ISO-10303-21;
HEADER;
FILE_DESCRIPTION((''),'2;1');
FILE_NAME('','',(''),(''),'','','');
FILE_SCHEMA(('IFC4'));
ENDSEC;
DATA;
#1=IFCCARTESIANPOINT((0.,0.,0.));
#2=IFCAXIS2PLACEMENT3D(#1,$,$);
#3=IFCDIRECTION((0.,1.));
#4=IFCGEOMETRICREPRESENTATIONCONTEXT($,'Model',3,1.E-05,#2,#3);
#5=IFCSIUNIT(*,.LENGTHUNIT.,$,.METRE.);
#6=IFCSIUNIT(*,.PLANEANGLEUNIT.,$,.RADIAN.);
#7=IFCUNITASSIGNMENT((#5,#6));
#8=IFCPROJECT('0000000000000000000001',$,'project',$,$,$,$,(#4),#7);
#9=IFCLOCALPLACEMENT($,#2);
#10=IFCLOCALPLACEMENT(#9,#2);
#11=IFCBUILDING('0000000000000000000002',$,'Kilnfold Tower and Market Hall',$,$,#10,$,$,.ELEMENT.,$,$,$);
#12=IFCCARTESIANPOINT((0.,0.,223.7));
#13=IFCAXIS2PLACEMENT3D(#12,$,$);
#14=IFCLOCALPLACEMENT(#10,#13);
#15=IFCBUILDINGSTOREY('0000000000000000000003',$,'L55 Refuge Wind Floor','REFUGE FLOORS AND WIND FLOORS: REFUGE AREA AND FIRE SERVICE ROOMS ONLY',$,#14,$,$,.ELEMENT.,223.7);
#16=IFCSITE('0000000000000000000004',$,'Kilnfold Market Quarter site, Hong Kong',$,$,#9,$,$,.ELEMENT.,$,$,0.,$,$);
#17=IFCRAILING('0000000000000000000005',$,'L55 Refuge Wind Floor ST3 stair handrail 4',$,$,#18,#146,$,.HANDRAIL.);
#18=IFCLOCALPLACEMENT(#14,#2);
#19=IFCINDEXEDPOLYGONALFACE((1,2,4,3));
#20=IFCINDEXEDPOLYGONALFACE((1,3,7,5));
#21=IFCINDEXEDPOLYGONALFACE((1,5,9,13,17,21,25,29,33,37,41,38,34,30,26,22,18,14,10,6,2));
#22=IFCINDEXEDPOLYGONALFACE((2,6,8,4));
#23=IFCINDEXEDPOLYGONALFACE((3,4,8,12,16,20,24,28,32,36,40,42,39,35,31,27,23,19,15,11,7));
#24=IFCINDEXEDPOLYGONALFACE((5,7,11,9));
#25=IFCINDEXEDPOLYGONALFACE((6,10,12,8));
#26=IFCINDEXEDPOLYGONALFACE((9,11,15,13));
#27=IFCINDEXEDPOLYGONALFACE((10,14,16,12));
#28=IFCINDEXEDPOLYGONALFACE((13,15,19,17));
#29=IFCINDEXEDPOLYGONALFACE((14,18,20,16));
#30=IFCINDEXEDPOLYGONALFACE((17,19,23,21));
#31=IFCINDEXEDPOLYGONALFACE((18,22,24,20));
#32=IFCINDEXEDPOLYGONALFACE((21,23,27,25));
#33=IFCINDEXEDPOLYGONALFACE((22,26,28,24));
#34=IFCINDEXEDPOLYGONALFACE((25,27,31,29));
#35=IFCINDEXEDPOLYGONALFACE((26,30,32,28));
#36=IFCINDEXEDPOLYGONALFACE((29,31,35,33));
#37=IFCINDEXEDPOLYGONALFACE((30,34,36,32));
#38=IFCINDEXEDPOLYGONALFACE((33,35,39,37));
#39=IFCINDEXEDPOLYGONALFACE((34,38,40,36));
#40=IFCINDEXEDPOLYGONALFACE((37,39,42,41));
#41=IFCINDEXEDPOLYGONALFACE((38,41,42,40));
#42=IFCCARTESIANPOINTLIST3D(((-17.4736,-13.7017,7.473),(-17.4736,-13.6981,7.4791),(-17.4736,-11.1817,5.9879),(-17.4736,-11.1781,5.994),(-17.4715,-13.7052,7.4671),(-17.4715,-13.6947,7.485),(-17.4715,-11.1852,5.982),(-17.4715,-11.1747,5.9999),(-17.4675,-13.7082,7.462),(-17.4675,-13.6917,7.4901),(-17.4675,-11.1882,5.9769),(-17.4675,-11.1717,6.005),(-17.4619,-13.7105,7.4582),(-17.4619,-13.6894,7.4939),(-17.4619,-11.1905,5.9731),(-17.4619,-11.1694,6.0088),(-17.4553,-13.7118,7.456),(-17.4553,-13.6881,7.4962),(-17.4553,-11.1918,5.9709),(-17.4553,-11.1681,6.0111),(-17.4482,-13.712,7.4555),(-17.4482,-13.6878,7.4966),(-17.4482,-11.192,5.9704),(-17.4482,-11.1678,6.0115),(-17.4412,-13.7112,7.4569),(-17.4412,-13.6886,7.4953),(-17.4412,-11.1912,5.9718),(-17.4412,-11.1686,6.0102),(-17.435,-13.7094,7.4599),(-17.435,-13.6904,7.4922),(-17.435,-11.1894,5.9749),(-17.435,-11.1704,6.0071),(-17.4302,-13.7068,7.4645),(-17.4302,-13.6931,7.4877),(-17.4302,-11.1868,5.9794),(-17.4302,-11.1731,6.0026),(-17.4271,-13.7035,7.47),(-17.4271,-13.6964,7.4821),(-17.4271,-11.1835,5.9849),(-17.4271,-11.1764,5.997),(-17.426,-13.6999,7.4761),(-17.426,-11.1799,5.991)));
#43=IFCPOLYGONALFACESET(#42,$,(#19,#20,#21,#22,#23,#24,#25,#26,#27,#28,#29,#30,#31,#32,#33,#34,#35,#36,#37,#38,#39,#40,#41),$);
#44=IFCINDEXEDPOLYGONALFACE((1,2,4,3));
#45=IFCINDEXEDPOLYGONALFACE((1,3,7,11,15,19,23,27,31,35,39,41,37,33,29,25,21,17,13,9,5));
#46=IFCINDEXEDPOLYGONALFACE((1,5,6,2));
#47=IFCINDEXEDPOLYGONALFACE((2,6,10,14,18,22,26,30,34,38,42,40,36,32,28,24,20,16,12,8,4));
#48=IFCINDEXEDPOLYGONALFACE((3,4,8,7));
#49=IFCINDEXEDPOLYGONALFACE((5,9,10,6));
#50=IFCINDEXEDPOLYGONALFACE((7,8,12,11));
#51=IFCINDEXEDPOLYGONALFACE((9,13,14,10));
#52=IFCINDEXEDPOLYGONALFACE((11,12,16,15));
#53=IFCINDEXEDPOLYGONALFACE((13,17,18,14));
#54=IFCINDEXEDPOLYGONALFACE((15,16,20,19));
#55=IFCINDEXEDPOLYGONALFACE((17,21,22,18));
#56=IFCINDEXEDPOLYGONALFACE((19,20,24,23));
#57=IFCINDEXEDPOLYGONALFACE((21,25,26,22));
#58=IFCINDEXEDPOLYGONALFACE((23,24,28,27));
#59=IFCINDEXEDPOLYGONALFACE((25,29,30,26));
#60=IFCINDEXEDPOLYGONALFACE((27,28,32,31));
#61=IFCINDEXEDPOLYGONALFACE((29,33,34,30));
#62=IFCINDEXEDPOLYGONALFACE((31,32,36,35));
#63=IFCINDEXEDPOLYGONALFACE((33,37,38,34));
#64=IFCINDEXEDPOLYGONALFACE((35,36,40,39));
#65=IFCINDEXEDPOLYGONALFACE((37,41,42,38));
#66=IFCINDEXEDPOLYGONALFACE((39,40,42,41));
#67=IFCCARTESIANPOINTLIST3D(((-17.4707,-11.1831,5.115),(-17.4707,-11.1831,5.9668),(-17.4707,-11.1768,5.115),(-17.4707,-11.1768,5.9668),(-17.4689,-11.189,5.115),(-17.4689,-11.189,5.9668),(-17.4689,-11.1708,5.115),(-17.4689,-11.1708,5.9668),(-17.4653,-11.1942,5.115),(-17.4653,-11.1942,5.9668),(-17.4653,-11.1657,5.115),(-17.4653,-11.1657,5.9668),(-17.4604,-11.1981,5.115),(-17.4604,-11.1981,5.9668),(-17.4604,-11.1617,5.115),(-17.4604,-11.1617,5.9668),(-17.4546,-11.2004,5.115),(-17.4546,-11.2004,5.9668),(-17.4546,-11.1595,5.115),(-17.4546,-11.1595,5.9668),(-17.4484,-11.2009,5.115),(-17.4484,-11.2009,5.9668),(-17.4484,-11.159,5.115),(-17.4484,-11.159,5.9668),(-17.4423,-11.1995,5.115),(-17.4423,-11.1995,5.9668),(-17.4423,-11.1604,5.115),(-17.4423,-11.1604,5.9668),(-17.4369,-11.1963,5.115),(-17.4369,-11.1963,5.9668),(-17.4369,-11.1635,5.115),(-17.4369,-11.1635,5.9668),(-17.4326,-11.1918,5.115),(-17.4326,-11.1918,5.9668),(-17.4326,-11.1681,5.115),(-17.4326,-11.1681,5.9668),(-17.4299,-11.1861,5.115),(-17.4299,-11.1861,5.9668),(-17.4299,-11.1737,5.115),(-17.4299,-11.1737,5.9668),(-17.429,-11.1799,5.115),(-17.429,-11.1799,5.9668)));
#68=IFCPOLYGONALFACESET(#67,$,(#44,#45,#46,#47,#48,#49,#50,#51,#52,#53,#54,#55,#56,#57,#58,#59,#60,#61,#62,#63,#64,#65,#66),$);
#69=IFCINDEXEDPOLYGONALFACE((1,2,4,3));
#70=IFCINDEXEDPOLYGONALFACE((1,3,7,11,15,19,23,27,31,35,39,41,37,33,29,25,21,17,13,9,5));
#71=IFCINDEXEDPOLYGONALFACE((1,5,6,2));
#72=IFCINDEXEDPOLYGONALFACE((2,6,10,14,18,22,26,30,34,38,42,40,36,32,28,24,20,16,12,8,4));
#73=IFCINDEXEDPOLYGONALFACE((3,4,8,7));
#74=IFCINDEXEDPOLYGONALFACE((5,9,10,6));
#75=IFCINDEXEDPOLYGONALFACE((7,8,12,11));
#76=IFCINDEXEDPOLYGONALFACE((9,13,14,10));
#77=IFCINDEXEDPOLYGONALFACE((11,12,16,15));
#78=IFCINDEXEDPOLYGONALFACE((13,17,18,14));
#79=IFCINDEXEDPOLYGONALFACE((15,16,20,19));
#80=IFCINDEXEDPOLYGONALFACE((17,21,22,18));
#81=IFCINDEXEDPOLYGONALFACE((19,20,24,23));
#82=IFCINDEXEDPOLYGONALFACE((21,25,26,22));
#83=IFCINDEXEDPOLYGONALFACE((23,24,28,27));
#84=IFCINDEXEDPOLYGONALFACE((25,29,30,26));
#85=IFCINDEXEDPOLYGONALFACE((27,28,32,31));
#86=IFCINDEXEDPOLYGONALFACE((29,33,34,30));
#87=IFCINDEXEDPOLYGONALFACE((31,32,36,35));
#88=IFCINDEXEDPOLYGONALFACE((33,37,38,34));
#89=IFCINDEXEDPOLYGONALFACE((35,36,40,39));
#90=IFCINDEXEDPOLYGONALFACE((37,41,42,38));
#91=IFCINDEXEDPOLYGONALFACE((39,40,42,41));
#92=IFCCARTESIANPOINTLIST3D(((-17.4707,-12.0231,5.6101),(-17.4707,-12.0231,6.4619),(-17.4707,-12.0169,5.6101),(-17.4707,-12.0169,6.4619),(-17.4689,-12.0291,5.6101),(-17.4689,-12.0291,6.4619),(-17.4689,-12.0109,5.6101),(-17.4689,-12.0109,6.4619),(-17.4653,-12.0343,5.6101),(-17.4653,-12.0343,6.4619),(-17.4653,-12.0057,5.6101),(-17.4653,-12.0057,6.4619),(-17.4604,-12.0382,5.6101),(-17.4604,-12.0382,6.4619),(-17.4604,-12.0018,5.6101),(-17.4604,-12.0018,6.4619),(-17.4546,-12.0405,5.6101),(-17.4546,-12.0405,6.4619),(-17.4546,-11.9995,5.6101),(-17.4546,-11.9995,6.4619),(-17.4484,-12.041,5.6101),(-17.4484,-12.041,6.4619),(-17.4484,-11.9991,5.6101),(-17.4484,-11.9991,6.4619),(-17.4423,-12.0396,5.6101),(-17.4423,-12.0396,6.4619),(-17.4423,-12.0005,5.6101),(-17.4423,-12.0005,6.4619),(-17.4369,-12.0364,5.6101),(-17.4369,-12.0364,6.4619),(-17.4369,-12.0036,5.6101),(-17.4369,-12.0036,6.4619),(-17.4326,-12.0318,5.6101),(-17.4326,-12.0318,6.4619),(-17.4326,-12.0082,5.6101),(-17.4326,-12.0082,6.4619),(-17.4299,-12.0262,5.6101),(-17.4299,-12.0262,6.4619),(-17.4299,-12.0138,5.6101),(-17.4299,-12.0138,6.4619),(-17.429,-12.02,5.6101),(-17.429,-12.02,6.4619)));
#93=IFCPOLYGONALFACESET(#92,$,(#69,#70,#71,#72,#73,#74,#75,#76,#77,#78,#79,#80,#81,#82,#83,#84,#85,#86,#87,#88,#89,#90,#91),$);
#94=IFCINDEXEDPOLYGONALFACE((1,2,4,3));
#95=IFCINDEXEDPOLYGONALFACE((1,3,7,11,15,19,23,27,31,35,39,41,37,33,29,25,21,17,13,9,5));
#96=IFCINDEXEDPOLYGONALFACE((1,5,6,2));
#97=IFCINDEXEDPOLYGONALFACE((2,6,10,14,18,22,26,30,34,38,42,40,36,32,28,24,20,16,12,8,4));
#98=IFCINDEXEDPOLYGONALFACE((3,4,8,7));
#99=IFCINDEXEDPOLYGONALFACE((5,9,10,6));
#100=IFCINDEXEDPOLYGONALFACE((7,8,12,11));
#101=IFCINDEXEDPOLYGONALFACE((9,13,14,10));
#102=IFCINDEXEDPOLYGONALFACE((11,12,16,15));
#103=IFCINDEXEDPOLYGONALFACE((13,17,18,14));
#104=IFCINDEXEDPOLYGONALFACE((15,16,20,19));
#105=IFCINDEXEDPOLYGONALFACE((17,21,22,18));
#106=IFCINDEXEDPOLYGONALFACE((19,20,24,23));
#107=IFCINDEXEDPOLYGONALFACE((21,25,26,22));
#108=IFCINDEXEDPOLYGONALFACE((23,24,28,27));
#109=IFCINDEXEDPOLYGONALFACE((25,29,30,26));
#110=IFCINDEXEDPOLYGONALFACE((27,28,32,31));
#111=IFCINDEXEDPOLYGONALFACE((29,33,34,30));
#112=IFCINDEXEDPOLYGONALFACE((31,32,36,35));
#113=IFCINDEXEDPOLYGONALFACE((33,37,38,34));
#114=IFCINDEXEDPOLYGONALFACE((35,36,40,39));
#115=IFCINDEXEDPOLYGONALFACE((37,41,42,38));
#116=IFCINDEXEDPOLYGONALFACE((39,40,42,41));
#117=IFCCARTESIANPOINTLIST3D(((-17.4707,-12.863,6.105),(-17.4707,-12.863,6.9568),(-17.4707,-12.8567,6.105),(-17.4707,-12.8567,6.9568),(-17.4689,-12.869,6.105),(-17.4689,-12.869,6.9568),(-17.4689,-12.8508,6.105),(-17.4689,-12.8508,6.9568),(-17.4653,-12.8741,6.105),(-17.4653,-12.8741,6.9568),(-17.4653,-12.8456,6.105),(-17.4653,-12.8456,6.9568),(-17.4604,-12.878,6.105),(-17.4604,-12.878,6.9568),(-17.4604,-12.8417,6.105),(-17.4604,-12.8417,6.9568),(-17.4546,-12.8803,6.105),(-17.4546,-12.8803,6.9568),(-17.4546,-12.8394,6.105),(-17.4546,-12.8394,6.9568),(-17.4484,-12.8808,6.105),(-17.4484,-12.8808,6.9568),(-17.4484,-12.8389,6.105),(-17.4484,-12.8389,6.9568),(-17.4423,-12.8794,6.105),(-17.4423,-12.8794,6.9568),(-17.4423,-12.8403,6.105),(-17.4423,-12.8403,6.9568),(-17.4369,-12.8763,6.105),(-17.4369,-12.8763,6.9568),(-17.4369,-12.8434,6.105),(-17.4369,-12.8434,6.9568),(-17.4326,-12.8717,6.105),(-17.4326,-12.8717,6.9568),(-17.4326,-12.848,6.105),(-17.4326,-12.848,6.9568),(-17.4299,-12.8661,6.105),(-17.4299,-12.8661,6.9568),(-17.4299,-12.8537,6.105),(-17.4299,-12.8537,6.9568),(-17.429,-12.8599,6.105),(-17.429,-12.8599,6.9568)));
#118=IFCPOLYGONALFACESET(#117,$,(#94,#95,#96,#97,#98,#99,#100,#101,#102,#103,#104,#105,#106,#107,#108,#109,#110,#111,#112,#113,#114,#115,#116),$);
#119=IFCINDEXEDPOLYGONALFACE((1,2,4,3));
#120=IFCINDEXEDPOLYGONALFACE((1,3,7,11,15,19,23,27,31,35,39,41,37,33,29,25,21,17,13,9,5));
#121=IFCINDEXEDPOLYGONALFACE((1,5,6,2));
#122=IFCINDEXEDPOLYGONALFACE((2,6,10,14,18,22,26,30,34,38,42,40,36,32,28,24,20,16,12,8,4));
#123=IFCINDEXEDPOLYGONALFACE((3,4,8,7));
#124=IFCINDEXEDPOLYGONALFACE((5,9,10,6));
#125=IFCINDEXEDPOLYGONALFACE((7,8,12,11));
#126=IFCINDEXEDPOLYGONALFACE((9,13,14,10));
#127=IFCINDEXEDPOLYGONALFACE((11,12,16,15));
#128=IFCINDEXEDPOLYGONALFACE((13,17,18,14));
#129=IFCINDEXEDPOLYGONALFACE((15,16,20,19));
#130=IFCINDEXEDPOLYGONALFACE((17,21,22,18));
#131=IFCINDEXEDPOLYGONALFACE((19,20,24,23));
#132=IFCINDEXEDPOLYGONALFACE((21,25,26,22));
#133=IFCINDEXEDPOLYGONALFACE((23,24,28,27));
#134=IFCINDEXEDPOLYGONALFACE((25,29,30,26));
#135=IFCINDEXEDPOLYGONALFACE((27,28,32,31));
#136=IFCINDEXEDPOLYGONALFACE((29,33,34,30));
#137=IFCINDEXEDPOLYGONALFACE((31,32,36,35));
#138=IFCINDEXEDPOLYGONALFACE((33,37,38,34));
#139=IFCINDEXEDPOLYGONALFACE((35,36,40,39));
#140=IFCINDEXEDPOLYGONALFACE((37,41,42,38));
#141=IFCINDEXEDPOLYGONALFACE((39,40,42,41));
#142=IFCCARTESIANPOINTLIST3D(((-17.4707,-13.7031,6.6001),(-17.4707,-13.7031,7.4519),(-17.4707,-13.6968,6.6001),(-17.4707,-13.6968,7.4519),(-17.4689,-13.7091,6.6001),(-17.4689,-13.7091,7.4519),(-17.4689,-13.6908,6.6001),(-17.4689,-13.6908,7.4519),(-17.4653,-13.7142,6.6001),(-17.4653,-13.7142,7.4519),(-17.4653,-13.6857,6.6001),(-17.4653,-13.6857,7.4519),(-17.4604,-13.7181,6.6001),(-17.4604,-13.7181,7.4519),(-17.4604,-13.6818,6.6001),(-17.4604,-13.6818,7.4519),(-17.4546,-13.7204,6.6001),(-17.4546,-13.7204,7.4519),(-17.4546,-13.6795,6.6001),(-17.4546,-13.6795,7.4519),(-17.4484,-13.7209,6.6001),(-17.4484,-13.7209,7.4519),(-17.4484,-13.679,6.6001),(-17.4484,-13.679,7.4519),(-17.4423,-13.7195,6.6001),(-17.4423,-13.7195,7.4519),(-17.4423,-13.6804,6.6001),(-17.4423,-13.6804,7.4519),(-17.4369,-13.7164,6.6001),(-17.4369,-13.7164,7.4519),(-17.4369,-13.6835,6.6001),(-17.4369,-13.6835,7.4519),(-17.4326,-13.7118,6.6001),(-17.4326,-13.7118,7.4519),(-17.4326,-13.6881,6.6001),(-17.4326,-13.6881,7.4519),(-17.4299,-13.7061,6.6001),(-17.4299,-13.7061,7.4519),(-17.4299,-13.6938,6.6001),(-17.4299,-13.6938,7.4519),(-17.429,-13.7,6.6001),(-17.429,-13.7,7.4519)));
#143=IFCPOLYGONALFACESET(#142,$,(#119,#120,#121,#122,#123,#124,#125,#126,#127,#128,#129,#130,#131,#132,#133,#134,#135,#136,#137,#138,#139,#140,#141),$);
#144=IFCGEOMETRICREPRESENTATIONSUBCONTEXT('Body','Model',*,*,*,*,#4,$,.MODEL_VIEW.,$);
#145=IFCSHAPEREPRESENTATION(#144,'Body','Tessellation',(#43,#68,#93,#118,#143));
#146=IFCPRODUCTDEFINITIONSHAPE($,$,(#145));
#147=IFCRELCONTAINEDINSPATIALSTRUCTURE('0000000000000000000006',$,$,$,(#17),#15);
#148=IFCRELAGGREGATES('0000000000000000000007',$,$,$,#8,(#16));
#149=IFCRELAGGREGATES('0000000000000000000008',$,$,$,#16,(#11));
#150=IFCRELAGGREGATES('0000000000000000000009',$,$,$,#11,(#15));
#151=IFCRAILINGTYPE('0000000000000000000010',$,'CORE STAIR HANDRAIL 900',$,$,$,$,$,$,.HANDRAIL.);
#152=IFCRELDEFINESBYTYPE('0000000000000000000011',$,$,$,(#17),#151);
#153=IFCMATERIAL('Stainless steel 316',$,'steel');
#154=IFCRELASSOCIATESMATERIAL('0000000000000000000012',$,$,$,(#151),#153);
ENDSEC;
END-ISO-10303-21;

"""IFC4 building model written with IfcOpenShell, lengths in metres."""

from ifc_helpers import new_model, si_unit, direction, frame, origin, origin_2d, place, context, subcontext, project, spatial, circle, extrude, material, type_object, element, save


model = new_model("IFC4")

# Units and contexts
model_context = context("Model", 3, precision=1e-05, world=origin(), true_north=direction((0.0, 1.0)))
body_context = subcontext(model_context, "Body", "Model", "MODEL_VIEW")
ifc_project = project(units=[si_unit("LENGTHUNIT", "METRE"), si_unit("PLANEANGLEUNIT", "RADIAN")], contexts=[model_context])

# Site, building, storey
site_placement = place(None, origin())
site = spatial("IfcSite", under=ifc_project, at=site_placement, Name="Kilnfold Market Quarter site, Hong Kong", CompositionType="ELEMENT", RefElevation=0.0)
building_placement = place(site_placement, origin())
building = spatial("IfcBuilding", under=site, at=building_placement, Name="Kilnfold Tower and Market Hall", CompositionType="ELEMENT")
storey_placement = place(building_placement, frame((0.0, 0.0, 223.7)))
storey = spatial("IfcBuildingStorey", under=building, at=storey_placement, Name="L55 Refuge Wind Floor", Description="REFUGE FLOORS AND WIND FLOORS: REFUGE AREA AND FIRE SERVICE ROOMS ONLY", CompositionType="ELEMENT", Elevation=223.7)

# Railing
ifc_material_1 = material(Name="Stainless steel 316", Category="steel")
railing_type = type_object("IfcRailingType", Name="CORE STAIR HANDRAIL 900", PredefinedType="HANDRAIL", material=ifc_material_1)
for number, where, name in (
    (1, (-17.45, -11.1799, 5.115), "L55 Refuge Wind Floor ST3 stair handrail 4"),
):
    element("IfcRailing", number, at=place(storey_placement, frame(where)), inside=storey, type_object=railing_type, Name=name, PredefinedType="HANDRAIL", context=body_context, shape_type="SweptSolid", body=[
        extrude(circle(Radius=0.0239, at=origin_2d()), frame((0.0, 0.0, 0.876), z_axis=(0.0, -0.861524, 0.507717), x_axis=(1.0, 0.0, 0.0)), (0.0, 0.0, 1.0), 2.925),
        extrude(circle(Radius=0.021, at=origin_2d()), origin(), (0.0, 0.0, 1.0), 0.8518),
        extrude(circle(Radius=0.021, at=origin_2d()), frame((0.0, -0.8401, 0.4951)), (0.0, 0.0, 1.0), 0.8518),
        extrude(circle(Radius=0.021, at=origin_2d()), frame((0.0, -1.6799, 0.99)), (0.0, 0.0, 1.0), 0.8518),
        extrude(circle(Radius=0.021, at=origin_2d()), frame((0.0, -2.52, 1.4851)), (0.0, 0.0, 1.0), 0.8518),
    ])

save(model, "model.ifc")
